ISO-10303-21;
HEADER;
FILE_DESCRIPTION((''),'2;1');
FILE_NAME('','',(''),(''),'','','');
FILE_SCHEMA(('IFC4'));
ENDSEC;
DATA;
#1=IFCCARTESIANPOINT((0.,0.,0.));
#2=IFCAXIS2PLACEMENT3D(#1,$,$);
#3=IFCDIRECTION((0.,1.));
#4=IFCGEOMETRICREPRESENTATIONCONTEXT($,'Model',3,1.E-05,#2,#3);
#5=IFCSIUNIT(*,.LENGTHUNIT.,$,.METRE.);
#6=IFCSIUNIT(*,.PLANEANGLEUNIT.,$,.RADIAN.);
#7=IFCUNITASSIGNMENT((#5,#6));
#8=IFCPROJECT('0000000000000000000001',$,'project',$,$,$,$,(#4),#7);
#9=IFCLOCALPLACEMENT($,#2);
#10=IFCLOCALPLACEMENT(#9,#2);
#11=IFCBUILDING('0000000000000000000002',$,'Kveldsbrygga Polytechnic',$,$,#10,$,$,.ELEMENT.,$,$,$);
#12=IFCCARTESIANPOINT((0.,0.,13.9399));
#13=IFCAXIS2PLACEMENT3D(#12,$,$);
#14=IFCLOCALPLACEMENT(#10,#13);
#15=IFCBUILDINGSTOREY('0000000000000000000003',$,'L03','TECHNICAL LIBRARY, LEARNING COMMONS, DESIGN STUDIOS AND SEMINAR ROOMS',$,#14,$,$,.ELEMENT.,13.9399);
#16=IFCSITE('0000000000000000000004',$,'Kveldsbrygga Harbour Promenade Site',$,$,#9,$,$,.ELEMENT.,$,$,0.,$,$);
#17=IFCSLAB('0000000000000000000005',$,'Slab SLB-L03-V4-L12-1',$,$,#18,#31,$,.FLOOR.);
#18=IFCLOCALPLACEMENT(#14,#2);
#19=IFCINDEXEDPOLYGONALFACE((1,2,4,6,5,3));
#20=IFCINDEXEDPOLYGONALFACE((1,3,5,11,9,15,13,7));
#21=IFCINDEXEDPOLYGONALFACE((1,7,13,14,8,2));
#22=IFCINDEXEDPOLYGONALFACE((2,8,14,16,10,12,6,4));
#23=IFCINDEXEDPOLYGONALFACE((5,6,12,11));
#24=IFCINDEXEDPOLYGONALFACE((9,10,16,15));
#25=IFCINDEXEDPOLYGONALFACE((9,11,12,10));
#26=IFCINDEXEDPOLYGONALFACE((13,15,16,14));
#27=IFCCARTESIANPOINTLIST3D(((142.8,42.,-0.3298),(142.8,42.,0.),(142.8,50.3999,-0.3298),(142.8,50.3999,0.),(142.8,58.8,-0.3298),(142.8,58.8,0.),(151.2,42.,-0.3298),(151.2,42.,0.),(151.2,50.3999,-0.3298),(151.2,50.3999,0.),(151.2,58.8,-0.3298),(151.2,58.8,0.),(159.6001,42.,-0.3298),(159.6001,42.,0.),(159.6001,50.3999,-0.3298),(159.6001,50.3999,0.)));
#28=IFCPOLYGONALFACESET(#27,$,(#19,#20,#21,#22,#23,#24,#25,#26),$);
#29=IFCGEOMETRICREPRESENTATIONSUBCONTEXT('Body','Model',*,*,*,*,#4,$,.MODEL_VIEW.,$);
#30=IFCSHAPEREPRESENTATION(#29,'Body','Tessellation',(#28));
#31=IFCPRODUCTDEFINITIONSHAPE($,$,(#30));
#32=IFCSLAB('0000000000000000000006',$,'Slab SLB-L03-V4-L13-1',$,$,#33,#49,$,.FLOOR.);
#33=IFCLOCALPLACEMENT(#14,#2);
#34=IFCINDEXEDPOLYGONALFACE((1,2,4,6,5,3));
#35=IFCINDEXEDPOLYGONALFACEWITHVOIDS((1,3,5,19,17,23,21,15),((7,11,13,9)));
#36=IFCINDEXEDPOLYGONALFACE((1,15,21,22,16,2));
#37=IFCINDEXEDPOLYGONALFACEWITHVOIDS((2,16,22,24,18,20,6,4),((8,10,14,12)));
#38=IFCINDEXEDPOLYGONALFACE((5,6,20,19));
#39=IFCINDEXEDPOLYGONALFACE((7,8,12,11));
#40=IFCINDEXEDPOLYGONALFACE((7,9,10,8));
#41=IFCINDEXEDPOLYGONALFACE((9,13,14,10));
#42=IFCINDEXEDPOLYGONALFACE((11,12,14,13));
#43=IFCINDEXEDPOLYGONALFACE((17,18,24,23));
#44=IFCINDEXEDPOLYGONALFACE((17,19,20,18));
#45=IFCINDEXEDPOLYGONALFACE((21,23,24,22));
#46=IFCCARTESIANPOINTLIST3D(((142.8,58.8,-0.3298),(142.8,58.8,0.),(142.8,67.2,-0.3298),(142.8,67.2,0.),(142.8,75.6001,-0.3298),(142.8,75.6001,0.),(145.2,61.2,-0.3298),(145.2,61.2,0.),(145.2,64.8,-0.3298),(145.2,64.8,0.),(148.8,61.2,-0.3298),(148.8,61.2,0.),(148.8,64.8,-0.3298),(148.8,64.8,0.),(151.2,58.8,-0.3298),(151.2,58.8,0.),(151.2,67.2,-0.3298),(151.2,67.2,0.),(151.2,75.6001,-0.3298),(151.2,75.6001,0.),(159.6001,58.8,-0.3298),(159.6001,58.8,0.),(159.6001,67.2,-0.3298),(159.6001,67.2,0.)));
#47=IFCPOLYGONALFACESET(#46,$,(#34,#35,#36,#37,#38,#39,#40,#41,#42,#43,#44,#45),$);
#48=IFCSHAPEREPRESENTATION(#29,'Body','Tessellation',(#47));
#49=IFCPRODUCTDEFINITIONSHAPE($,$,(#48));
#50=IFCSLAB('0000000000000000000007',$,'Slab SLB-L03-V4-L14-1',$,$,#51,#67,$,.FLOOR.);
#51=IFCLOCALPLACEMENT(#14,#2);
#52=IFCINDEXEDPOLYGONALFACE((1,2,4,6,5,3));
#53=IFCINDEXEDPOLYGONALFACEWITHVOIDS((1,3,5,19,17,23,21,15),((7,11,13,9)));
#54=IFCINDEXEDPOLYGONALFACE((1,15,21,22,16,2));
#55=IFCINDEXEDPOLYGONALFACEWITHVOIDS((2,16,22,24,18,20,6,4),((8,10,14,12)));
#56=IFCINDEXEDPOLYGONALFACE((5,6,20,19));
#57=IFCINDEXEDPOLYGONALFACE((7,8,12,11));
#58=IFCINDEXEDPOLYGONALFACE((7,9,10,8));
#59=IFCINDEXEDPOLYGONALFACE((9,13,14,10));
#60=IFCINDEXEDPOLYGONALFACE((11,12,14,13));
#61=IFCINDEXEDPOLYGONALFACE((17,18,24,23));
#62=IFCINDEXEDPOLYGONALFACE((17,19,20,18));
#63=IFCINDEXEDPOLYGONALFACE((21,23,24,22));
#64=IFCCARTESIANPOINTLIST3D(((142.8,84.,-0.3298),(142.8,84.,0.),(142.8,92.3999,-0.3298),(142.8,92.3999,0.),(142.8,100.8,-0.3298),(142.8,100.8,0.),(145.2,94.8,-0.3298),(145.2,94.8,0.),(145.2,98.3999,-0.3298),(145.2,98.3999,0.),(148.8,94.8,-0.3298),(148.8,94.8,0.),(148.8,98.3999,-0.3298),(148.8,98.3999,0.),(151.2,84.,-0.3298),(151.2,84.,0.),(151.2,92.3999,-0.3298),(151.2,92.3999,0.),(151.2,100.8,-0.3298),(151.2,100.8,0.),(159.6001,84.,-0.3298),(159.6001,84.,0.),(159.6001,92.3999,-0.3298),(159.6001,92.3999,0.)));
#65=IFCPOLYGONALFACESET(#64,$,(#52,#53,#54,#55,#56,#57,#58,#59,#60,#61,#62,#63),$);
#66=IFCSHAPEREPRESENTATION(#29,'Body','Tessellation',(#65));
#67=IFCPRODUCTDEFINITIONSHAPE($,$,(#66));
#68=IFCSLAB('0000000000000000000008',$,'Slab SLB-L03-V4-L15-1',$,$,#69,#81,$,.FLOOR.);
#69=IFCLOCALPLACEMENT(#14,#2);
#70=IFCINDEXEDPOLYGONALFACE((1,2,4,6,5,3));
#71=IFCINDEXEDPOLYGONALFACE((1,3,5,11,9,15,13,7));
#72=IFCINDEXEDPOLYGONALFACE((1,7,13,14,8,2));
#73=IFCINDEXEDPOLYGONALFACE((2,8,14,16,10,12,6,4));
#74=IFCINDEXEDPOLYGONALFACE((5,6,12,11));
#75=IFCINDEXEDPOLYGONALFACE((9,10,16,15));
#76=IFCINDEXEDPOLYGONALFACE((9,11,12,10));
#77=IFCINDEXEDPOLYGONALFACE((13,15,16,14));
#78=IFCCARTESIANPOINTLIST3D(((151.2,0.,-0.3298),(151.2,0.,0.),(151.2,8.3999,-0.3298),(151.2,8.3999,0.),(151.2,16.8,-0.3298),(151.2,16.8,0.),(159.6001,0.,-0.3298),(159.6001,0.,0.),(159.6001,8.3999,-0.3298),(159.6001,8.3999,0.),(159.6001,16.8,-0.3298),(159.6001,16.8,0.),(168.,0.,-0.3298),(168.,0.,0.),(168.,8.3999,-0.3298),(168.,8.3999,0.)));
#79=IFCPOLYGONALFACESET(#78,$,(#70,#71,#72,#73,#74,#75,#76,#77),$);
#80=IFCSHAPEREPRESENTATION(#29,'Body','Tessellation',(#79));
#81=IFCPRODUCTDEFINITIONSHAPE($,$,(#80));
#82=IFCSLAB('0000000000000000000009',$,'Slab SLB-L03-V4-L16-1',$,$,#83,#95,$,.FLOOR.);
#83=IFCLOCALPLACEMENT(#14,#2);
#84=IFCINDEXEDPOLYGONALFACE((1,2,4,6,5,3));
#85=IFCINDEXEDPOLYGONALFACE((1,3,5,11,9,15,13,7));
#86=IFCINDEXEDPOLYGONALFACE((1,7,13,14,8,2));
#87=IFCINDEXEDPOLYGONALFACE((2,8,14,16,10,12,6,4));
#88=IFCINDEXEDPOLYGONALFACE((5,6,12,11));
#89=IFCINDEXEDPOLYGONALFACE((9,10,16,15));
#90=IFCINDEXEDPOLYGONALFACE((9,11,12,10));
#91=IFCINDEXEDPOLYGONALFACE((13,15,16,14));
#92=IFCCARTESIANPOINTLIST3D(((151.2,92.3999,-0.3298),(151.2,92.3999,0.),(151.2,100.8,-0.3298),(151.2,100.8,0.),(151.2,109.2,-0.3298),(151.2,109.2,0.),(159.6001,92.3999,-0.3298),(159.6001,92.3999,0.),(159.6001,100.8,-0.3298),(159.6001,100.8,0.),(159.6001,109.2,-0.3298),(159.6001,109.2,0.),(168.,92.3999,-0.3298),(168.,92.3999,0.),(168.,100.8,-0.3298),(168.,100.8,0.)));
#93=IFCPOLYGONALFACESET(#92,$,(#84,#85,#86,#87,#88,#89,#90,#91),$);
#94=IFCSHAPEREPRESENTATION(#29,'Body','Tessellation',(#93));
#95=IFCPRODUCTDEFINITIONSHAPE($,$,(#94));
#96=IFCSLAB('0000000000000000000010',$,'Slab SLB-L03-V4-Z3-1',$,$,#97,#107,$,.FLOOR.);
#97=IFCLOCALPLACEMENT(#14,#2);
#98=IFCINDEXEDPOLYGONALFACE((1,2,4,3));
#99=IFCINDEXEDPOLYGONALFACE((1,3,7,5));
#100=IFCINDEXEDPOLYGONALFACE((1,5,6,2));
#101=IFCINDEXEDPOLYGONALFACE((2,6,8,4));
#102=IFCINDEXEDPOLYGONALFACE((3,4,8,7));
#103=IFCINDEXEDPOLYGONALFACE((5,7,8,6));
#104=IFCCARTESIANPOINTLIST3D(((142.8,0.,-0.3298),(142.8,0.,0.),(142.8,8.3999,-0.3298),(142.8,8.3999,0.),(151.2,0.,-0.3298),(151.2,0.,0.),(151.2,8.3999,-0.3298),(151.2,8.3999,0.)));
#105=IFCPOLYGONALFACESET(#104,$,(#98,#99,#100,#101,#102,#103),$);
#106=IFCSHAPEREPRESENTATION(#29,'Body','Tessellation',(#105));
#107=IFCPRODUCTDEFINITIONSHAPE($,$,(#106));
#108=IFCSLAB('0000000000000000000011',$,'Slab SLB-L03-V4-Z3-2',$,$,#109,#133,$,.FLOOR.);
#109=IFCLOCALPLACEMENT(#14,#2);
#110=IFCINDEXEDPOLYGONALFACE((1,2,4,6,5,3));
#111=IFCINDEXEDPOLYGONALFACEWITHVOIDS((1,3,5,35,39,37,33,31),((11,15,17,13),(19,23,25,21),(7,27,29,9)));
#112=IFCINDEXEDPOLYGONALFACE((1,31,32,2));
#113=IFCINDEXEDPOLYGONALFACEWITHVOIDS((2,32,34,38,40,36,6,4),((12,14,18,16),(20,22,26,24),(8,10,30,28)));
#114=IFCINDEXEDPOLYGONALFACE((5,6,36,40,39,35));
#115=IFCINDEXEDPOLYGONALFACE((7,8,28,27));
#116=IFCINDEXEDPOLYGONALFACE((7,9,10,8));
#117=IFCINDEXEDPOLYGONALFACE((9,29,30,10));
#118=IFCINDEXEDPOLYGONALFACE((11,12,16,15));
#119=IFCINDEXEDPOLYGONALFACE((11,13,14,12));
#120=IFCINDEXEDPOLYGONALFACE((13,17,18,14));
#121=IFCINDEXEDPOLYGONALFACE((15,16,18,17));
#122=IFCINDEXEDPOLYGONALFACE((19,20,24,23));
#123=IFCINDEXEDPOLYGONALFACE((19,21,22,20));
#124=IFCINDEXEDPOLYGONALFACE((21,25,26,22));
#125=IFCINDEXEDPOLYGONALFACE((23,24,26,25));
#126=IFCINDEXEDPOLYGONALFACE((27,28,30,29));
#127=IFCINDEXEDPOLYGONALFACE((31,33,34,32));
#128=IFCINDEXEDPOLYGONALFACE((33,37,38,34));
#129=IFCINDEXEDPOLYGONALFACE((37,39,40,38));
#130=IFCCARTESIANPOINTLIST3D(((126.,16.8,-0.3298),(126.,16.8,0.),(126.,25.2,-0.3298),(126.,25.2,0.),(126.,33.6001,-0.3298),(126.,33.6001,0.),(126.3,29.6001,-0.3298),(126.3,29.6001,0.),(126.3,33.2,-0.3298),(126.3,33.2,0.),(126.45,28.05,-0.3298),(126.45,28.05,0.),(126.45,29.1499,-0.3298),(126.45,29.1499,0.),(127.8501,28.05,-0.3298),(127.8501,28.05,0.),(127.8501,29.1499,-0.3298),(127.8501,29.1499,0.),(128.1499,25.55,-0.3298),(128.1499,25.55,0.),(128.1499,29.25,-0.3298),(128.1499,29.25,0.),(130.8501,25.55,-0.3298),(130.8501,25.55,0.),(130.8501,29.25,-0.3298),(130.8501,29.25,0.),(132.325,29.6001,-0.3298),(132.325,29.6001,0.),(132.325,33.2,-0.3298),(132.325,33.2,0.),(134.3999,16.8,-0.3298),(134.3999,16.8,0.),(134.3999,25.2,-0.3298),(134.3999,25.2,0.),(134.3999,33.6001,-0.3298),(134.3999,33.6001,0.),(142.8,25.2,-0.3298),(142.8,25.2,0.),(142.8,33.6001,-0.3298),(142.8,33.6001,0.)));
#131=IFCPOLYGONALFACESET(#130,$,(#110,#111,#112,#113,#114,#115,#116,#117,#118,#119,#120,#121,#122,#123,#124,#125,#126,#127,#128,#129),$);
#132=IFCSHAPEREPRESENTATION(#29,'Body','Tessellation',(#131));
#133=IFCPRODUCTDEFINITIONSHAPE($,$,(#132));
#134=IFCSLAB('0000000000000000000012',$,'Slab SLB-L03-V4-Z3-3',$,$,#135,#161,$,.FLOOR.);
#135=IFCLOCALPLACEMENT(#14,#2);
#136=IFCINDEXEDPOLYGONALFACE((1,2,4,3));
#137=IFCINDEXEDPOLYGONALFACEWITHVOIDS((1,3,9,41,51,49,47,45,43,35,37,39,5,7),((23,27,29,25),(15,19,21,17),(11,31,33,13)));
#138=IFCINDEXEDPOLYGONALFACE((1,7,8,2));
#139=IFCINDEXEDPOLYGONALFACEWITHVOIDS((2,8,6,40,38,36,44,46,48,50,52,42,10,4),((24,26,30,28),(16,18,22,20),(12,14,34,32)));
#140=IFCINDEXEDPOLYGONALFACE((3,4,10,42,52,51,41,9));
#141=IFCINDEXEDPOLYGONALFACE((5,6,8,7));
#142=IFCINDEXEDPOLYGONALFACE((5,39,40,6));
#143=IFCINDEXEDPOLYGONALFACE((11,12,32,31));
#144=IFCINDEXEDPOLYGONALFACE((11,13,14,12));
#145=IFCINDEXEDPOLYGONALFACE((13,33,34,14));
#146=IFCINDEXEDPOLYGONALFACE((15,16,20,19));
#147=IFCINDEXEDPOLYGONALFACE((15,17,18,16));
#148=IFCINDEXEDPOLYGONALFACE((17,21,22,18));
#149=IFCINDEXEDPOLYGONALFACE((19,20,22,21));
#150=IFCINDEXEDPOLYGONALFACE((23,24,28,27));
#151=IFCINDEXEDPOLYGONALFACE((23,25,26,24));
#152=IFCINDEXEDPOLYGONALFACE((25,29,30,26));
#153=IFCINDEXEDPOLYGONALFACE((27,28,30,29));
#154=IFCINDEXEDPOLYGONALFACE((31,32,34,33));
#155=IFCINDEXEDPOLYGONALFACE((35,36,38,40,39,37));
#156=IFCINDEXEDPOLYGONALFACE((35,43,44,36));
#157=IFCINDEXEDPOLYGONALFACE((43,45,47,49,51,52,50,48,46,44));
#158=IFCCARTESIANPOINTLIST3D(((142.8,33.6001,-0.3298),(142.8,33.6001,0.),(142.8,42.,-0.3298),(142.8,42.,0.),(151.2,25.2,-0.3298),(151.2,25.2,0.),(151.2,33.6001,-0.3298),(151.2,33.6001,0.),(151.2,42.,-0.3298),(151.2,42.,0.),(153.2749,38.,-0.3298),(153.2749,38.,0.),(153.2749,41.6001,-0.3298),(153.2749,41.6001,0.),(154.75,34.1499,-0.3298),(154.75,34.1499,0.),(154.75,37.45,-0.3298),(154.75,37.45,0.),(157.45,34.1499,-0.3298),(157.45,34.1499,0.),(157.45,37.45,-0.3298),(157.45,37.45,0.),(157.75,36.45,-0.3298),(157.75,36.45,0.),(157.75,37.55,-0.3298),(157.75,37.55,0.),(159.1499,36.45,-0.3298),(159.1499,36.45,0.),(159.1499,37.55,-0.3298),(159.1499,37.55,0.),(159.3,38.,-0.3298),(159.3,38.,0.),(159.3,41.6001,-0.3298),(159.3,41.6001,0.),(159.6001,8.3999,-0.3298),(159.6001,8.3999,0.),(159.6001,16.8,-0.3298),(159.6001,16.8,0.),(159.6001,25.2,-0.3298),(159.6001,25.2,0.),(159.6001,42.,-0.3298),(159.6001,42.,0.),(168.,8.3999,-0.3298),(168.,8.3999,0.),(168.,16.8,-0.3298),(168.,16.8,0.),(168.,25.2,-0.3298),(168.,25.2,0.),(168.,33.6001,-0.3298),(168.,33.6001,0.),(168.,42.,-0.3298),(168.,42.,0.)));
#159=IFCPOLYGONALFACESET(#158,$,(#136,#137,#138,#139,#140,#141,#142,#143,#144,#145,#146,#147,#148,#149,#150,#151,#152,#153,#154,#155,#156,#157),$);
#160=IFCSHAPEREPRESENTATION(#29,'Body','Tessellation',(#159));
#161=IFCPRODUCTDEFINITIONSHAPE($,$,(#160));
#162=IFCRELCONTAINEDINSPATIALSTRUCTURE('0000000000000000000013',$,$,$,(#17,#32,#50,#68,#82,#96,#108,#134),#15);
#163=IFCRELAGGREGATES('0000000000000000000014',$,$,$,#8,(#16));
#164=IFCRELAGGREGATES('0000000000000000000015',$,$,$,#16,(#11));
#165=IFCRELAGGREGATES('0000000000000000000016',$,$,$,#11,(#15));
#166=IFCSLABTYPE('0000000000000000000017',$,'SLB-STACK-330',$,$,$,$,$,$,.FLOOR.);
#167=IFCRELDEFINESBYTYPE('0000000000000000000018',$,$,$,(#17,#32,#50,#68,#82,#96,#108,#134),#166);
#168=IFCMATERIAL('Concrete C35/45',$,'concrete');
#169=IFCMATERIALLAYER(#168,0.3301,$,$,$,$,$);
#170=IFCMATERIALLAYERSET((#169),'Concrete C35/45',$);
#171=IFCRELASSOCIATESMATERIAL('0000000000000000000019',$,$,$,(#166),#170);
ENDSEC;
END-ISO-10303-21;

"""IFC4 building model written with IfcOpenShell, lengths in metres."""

from ifc_helpers import new_model, si_unit, direction, frame, origin, place, context, subcontext, project, spatial, polyline, outline, extrude, material, layer, layer_set, type_object, element, save


model = new_model("IFC4")

# Units and contexts
model_context = context("Model", 3, precision=1e-05, world=origin(), true_north=direction((0.0, 1.0)))
body_context = subcontext(model_context, "Body", "Model", "MODEL_VIEW")
ifc_project = project(units=[si_unit("LENGTHUNIT", "METRE"), si_unit("PLANEANGLEUNIT", "RADIAN")], contexts=[model_context])

# Site, building, storey
site_placement = place(None, origin())
site = spatial("IfcSite", under=ifc_project, at=site_placement, Name="Kveldsbrygga Harbour Promenade Site", CompositionType="ELEMENT", RefElevation=0.0)
building_placement = place(site_placement, origin())
building = spatial("IfcBuilding", under=site, at=building_placement, Name="Kveldsbrygga Polytechnic", CompositionType="ELEMENT")
storey_placement = place(building_placement, frame((0.0, 0.0, 13.9399)))
storey = spatial("IfcBuildingStorey", under=building, at=storey_placement, Name="L03", Description="TECHNICAL LIBRARY, LEARNING COMMONS, DESIGN STUDIOS AND SEMINAR ROOMS", CompositionType="ELEMENT", Elevation=13.9399)

# Slabs
ifc_material_1 = material(Name="Concrete C35/45", Category="concrete")
ifc_layer_1 = layer(ifc_material_1, 0.3301)
ifc_layer_set_1 = layer_set([ifc_layer_1], Name="Concrete C35/45")
slab_type_1 = type_object("IfcSlabType", Name="SLB-STACK-330", PredefinedType="FLOOR", material=ifc_layer_set_1)
slab_1_placement = place(storey_placement, frame((0.0, 0.0, -0.3298)))
element("IfcSlab", 1, at=slab_1_placement, inside=storey, type_object=slab_type_1, Name="Slab SLB-L03-V4-L12-1", PredefinedType="FLOOR", context=body_context, shape_type="SweptSolid", body=[
    extrude(outline(polyline([(142.8, 42.0), (142.8, 50.3999), (142.8, 58.8), (151.2, 58.8), (151.2, 50.3999), (159.6001, 50.3999), (159.6001, 42.0), (151.2, 42.0), (142.8, 42.0)])), origin(), (0.0, 0.0, 1.0), 0.3298),
])
slab_2_placement = place(storey_placement, frame((0.0, 0.0, -0.3298)))
element("IfcSlab", 2, at=slab_2_placement, inside=storey, type_object=slab_type_1, Name="Slab SLB-L03-V4-L13-1", PredefinedType="FLOOR", context=body_context, shape_type="SweptSolid", body=[
    extrude(outline(polyline([(142.8, 58.8), (142.8, 67.2), (142.8, 75.6001), (151.2, 75.6001), (151.2, 67.2), (159.6001, 67.2), (159.6001, 58.8), (151.2, 58.8), (142.8, 58.8)]), holes=[polyline([(145.2, 61.2), (148.8, 61.2), (148.8, 64.8), (145.2, 64.8), (145.2, 61.2)])]), origin(), (0.0, 0.0, 1.0), 0.3298),
])
slab_3_placement = place(storey_placement, frame((0.0, 0.0, -0.3298)))
element("IfcSlab", 3, at=slab_3_placement, inside=storey, type_object=slab_type_1, Name="Slab SLB-L03-V4-L14-1", PredefinedType="FLOOR", context=body_context, shape_type="SweptSolid", body=[
    extrude(outline(polyline([(142.8, 84.0), (142.8, 92.3999), (142.8, 100.8), (151.2, 100.8), (151.2, 92.3999), (159.6001, 92.3999), (159.6001, 84.0), (151.2, 84.0), (142.8, 84.0)]), holes=[polyline([(145.2, 94.8), (148.8, 94.8), (148.8, 98.3999), (145.2, 98.3999), (145.2, 94.8)])]), origin(), (0.0, 0.0, 1.0), 0.3298),
])
slab_4_placement = place(storey_placement, frame((0.0, 0.0, -0.3298)))
element("IfcSlab", 4, at=slab_4_placement, inside=storey, type_object=slab_type_1, Name="Slab SLB-L03-V4-L15-1", PredefinedType="FLOOR", context=body_context, shape_type="SweptSolid", body=[
    extrude(outline(polyline([(151.2, 0.0), (151.2, 8.3999), (151.2, 16.8), (159.6001, 16.8), (159.6001, 8.3999), (168.0, 8.3999), (168.0, 0.0), (159.6001, 0.0), (151.2, 0.0)])), origin(), (0.0, 0.0, 1.0), 0.3298),
])
slab_5_placement = place(storey_placement, frame((0.0, 0.0, -0.3298)))
element("IfcSlab", 5, at=slab_5_placement, inside=storey, type_object=slab_type_1, Name="Slab SLB-L03-V4-L16-1", PredefinedType="FLOOR", context=body_context, shape_type="SweptSolid", body=[
    extrude(outline(polyline([(151.2, 92.3999), (151.2, 100.8), (151.2, 109.2), (159.6001, 109.2), (159.6001, 100.8), (168.0, 100.8), (168.0, 92.3999), (159.6001, 92.3999), (151.2, 92.3999)])), origin(), (0.0, 0.0, 1.0), 0.3298),
])
slab_6_placement = place(storey_placement, frame((0.0, 0.0, -0.3298)))
element("IfcSlab", 6, at=slab_6_placement, inside=storey, type_object=slab_type_1, Name="Slab SLB-L03-V4-Z3-1", PredefinedType="FLOOR", context=body_context, shape_type="SweptSolid", body=[
    extrude(outline(polyline([(151.2, 8.3999), (151.2, 0.0), (142.8, 0.0), (142.8, 8.3999), (151.2, 8.3999)])), origin(), (0.0, 0.0, 1.0), 0.3298),
])
slab_7_placement = place(storey_placement, frame((0.0, 0.0, -0.3298)))
element("IfcSlab", 7, at=slab_7_placement, inside=storey, type_object=slab_type_1, Name="Slab SLB-L03-V4-Z3-2", PredefinedType="FLOOR", context=body_context, shape_type="SweptSolid", body=[
    extrude(outline(polyline([(126.0, 33.6001), (134.3999, 33.6001), (142.8, 33.6001), (142.8, 25.2), (134.3999, 25.2), (134.3999, 16.8), (126.0, 16.8), (126.0, 25.2), (126.0, 33.6001)]), holes=[polyline([(132.325, 33.2), (126.3, 33.2), (126.3, 29.6001), (132.325, 29.6001), (132.325, 33.2)]), polyline([(128.1499, 25.55), (130.8501, 25.55), (130.8501, 29.25), (128.1499, 29.25), (128.1499, 25.55)]), polyline([(126.45, 28.05), (127.8501, 28.05), (127.8501, 29.1499), (126.45, 29.1499), (126.45, 28.05)])]), origin(), (0.0, 0.0, 1.0), 0.3298),
])
slab_8_placement = place(storey_placement, frame((0.0, 0.0, -0.3298)))
element("IfcSlab", 8, at=slab_8_placement, inside=storey, type_object=slab_type_1, Name="Slab SLB-L03-V4-Z3-3", PredefinedType="FLOOR", context=body_context, shape_type="SweptSolid", body=[
    extrude(outline(polyline([(151.2, 25.2), (151.2, 33.6001), (142.8, 33.6001), (142.8, 42.0), (151.2, 42.0), (159.6001, 42.0), (168.0, 42.0), (168.0, 33.6001), (168.0, 25.2), (168.0, 16.8), (168.0, 8.3999), (159.6001, 8.3999), (159.6001, 16.8), (159.6001, 25.2), (151.2, 25.2)]), holes=[polyline([(153.2749, 38.0), (159.3, 38.0), (159.3, 41.6001), (153.2749, 41.6001), (153.2749, 38.0)]), polyline([(154.75, 34.1499), (157.45, 34.1499), (157.45, 37.45), (154.75, 37.45), (154.75, 34.1499)]), polyline([(157.75, 36.45), (159.1499, 36.45), (159.1499, 37.55), (157.75, 37.55), (157.75, 36.45)])]), origin(), (0.0, 0.0, 1.0), 0.3298),
])

save(model, "model.ifc")
